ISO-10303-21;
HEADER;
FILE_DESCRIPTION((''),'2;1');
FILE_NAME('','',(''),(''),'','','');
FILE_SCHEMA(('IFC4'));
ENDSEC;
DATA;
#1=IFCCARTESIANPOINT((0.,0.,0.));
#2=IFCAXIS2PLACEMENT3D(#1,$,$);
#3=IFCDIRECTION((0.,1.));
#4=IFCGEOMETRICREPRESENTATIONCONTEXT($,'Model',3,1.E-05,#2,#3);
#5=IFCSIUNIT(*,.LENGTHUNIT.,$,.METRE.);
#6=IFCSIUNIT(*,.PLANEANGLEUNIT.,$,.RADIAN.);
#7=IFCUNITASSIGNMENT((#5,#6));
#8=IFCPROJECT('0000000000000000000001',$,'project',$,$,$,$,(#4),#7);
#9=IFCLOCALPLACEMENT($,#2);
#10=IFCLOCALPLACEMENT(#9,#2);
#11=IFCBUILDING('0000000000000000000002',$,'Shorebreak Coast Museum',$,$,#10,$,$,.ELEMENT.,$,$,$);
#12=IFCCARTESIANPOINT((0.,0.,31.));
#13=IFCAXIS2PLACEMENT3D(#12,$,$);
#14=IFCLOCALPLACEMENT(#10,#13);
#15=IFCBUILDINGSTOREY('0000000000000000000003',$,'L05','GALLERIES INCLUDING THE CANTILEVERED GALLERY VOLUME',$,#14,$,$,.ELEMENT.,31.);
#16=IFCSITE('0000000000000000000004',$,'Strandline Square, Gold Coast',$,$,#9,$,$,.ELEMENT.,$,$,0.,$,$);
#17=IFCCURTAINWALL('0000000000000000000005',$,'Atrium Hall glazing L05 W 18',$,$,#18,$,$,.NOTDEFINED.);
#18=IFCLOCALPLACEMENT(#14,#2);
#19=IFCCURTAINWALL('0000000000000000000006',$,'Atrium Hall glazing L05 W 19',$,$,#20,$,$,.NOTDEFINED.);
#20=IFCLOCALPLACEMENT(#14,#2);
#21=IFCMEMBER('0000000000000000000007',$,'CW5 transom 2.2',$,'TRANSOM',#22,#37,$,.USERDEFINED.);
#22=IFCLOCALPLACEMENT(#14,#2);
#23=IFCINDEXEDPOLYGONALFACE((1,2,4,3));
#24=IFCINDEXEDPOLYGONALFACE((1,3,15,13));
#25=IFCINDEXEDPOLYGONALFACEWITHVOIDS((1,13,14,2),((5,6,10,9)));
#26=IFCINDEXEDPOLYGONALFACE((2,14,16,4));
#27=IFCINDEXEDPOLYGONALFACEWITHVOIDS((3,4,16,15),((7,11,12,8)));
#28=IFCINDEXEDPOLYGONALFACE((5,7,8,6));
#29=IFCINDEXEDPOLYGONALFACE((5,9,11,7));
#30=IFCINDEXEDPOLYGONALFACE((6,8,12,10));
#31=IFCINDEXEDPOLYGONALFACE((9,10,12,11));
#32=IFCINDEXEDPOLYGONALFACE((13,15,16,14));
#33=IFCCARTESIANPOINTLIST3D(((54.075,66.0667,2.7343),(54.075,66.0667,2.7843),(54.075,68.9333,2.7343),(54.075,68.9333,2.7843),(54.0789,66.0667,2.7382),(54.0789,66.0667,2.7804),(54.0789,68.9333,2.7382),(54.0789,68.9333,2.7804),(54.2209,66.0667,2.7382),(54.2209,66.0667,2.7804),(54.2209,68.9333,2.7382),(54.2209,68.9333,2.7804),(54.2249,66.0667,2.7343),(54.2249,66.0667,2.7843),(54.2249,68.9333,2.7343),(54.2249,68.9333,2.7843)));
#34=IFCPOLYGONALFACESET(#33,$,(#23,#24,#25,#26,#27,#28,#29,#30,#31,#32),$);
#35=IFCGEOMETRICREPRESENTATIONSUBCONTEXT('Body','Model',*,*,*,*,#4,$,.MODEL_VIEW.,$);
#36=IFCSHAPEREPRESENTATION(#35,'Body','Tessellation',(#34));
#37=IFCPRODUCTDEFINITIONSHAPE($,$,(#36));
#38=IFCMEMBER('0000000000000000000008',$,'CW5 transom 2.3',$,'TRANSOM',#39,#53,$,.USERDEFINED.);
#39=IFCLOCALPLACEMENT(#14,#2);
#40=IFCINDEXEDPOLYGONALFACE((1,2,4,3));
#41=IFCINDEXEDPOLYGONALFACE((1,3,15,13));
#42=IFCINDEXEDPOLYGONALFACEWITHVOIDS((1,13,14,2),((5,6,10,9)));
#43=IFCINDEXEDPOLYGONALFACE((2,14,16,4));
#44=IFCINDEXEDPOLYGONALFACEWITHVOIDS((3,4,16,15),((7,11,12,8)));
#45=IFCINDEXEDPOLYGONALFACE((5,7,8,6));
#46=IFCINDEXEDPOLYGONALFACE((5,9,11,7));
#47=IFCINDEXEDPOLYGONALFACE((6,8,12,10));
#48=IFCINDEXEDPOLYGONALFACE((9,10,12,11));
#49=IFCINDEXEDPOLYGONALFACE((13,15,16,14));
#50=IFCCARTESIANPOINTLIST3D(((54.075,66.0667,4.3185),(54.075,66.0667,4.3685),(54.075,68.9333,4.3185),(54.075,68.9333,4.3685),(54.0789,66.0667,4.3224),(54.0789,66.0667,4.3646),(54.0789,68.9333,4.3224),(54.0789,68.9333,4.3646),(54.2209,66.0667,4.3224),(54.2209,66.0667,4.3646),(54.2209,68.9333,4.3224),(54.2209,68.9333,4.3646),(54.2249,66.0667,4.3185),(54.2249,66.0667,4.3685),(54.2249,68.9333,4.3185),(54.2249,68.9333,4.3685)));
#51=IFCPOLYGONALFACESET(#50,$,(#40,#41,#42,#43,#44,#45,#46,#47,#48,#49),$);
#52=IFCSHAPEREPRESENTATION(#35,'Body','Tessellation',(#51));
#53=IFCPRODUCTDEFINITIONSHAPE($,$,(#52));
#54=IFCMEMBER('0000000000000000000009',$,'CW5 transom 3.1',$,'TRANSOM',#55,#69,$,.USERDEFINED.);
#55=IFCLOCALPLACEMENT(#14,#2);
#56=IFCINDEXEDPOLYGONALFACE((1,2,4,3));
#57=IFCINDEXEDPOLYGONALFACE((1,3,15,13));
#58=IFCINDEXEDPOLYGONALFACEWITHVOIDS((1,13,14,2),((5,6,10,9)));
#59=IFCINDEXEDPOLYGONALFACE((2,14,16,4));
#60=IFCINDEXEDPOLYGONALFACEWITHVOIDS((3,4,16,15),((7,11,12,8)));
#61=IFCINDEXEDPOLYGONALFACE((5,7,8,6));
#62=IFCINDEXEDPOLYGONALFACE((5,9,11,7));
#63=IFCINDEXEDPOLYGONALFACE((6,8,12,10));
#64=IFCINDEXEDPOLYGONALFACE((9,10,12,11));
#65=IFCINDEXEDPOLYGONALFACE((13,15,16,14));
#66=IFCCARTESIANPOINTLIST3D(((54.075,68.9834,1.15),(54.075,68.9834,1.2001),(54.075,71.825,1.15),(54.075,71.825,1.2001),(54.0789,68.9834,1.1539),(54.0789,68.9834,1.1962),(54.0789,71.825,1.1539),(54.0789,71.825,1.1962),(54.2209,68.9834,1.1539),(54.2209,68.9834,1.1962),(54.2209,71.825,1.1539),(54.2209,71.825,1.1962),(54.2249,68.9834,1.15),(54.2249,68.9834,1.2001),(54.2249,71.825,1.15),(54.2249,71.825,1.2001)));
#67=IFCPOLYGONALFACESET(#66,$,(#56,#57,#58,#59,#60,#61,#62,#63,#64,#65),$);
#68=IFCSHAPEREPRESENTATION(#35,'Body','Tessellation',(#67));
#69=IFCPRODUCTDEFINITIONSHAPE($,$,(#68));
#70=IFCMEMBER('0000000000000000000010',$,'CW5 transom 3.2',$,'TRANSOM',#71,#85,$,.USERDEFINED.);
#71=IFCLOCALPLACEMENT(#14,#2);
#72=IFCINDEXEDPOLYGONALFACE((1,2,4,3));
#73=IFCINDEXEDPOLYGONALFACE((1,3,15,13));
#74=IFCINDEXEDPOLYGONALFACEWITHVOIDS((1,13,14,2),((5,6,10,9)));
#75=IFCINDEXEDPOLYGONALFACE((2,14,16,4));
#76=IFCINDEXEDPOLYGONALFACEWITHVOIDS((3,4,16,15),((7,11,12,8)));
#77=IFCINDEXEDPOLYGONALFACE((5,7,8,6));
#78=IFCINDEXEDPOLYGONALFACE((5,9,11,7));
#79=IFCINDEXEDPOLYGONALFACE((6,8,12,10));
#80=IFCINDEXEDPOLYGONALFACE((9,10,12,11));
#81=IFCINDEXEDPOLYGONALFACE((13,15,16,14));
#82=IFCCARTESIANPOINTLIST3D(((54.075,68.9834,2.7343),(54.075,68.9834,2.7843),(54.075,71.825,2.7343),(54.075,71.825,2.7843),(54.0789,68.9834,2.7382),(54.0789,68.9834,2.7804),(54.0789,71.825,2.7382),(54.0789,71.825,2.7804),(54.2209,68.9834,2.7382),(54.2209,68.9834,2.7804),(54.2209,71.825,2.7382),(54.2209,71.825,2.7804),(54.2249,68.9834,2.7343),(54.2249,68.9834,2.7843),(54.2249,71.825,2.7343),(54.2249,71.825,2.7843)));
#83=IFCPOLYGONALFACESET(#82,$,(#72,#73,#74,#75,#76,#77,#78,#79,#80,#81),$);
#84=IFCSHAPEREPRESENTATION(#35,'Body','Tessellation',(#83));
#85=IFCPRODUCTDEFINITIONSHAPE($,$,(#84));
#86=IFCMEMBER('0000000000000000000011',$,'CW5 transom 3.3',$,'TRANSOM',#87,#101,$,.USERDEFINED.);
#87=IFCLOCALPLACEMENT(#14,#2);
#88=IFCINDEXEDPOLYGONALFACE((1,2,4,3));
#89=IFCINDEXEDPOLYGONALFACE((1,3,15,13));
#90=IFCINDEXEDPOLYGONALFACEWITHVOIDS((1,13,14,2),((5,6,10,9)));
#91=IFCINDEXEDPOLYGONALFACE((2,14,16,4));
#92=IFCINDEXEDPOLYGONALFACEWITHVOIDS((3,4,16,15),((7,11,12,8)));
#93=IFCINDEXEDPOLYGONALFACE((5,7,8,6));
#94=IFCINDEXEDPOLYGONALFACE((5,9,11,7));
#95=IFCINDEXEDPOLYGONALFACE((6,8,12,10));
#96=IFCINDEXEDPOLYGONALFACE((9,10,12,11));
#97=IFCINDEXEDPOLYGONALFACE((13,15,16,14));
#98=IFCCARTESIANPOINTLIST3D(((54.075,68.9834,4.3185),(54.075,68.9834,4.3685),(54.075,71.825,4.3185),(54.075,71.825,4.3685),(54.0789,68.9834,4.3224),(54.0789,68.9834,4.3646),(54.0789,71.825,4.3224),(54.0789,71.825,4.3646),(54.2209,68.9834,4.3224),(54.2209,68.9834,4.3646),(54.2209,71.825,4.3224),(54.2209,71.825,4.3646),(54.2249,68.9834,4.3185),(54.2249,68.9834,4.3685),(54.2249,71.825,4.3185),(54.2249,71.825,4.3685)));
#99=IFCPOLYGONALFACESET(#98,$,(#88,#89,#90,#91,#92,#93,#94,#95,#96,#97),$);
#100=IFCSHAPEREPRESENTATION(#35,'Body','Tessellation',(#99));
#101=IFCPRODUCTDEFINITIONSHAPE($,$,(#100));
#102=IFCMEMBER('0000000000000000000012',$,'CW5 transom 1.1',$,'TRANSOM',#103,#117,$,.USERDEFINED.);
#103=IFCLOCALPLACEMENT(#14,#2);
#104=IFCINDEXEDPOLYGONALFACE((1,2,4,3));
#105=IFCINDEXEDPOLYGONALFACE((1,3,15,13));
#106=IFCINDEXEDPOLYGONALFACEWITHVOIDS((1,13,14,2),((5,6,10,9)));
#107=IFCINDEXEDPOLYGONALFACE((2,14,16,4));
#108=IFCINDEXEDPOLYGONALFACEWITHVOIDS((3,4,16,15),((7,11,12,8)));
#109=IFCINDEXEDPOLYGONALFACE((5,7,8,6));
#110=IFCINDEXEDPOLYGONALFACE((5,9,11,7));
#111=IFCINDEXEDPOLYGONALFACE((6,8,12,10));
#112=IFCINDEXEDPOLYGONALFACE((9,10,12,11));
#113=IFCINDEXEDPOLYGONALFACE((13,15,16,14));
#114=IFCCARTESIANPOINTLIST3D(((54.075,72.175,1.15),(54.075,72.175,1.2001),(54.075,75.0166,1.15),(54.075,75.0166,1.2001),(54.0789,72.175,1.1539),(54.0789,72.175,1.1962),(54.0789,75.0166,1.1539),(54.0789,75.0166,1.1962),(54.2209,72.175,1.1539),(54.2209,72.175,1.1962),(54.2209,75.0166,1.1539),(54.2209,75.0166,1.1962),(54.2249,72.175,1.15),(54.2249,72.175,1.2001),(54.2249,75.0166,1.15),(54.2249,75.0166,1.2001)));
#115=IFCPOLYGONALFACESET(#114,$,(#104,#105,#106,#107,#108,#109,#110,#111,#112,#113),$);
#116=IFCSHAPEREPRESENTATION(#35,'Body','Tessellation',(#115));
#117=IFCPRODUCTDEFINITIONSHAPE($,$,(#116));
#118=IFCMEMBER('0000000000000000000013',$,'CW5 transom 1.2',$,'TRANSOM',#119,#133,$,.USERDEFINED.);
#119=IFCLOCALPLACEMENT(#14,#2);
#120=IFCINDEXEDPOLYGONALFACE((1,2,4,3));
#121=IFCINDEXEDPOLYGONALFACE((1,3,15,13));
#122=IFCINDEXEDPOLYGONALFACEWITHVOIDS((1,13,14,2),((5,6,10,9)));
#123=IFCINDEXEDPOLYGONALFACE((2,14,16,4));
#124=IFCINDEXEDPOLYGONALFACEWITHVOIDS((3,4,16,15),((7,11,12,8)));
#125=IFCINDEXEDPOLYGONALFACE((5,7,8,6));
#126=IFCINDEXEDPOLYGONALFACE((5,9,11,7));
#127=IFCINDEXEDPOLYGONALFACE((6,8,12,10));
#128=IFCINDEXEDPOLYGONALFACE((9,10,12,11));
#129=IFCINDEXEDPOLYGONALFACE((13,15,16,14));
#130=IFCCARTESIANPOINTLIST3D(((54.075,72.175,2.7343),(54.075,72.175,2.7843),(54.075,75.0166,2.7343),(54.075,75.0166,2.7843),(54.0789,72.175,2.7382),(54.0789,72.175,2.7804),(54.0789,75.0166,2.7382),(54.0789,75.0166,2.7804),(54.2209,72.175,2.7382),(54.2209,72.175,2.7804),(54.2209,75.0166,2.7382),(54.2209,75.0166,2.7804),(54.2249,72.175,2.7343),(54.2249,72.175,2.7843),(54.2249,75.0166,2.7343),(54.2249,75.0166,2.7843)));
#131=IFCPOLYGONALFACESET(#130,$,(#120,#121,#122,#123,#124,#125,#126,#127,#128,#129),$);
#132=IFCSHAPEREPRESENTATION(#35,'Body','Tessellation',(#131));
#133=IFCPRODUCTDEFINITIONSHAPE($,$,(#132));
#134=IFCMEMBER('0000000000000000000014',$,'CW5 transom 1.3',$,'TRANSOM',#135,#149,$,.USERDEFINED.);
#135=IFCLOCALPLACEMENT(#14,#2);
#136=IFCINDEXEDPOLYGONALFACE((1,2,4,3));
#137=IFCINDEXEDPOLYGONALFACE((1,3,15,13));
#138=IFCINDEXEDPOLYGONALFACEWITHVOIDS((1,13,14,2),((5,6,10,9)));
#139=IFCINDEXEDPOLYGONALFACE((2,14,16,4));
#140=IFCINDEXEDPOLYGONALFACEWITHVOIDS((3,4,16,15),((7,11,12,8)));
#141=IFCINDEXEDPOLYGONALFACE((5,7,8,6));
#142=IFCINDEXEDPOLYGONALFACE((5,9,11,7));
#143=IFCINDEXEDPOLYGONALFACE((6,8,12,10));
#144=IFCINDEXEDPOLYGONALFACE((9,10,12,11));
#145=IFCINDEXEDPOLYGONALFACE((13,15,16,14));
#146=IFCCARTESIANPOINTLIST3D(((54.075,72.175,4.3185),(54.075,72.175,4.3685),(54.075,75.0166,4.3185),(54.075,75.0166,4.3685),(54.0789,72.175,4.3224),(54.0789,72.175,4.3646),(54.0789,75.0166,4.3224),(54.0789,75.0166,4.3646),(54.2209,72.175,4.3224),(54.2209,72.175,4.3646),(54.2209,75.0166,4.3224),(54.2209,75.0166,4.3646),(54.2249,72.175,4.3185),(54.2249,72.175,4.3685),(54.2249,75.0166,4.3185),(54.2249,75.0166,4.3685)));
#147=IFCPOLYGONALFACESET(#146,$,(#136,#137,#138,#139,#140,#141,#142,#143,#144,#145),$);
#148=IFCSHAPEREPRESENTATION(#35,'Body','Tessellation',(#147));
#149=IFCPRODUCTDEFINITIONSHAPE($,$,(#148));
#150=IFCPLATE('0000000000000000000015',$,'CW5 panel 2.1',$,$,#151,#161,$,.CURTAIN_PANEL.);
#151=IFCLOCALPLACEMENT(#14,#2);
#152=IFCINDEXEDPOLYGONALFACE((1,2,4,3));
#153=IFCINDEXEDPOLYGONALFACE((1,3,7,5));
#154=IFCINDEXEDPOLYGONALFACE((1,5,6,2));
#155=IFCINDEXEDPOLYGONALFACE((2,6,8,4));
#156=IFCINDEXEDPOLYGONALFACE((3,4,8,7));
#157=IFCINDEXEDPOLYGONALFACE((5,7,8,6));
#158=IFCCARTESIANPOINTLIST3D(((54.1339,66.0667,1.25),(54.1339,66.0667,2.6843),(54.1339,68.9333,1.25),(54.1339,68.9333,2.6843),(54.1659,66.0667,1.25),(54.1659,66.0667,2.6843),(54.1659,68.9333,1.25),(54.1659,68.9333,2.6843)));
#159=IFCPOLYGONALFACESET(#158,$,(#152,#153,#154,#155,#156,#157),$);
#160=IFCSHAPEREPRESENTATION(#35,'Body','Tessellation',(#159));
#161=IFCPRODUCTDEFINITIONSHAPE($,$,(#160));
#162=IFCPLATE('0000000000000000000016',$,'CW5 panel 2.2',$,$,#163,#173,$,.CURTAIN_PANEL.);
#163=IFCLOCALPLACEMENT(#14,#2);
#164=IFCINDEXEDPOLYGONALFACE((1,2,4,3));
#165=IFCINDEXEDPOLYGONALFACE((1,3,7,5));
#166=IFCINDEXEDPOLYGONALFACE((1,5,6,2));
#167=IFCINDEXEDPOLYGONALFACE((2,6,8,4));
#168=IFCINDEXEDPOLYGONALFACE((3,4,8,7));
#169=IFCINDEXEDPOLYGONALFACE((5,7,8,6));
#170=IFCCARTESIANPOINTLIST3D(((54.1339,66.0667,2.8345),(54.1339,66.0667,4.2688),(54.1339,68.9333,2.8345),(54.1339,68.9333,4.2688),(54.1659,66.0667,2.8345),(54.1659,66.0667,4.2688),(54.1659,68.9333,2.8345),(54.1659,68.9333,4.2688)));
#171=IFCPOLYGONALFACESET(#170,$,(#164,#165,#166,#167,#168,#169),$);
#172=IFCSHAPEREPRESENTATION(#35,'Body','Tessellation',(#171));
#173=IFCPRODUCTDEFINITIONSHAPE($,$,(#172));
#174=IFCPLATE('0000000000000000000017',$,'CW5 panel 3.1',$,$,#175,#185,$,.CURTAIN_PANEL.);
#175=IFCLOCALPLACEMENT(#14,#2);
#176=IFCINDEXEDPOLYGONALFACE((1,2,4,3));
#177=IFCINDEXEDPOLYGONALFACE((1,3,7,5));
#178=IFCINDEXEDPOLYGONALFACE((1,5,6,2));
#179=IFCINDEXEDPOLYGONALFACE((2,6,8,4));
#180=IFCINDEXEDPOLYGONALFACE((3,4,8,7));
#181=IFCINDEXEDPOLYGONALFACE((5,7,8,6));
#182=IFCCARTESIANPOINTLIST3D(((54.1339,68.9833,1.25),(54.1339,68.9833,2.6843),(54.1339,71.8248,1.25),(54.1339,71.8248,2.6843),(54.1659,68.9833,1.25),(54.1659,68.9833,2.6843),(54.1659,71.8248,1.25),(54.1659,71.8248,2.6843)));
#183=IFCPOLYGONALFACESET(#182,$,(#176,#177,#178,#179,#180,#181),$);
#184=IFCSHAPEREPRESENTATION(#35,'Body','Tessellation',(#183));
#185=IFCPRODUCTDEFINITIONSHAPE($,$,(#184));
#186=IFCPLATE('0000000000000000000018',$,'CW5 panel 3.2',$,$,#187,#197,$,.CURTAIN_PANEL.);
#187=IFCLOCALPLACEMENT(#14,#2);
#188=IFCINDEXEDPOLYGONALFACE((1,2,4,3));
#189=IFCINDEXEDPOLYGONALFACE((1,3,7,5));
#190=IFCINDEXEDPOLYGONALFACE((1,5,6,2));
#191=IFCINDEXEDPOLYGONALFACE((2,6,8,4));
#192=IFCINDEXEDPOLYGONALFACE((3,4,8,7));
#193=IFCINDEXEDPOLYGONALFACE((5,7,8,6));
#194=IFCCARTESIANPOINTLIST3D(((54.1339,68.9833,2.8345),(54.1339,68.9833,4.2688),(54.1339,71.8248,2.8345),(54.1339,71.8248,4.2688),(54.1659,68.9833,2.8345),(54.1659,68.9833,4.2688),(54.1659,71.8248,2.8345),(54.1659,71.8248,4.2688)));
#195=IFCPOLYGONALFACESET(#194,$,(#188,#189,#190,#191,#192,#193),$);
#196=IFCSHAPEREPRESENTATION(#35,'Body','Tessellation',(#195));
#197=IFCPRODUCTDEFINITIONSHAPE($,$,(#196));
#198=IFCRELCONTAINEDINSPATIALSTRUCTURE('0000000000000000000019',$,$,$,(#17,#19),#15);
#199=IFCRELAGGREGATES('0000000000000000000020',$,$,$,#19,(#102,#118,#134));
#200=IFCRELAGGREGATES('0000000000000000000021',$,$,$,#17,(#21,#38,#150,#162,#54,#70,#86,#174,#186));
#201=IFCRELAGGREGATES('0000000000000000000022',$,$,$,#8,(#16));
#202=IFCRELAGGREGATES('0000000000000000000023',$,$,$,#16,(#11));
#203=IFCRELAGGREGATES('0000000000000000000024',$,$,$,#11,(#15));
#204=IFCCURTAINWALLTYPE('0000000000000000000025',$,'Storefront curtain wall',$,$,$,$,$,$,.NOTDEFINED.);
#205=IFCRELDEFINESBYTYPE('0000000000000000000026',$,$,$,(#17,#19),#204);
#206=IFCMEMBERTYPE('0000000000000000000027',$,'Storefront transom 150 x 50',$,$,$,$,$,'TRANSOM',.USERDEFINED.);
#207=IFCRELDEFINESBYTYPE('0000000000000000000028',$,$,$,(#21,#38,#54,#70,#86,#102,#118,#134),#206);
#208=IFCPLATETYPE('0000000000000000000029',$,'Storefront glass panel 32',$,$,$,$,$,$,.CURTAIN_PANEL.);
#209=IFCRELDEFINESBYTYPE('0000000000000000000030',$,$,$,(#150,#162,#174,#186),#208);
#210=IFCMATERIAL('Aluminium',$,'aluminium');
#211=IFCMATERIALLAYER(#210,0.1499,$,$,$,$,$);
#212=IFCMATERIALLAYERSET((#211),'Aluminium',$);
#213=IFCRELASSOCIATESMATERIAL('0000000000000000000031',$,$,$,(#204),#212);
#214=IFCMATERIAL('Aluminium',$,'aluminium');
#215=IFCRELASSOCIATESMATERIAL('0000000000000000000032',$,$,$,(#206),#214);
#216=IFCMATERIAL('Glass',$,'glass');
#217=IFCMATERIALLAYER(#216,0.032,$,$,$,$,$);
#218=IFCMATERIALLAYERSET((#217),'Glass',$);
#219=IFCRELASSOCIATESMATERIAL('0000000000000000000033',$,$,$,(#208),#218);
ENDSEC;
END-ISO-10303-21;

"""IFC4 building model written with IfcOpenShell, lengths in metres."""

from ifc_helpers import new_model, si_unit, direction, frame, origin, origin_2d, place, context, subcontext, project, spatial, rectangle, hollow_rectangle, extrude, material, layer, layer_set, material_profile, profile_set, type_object, element, aggregate, save


model = new_model("IFC4")

# Units and contexts
model_context = context("Model", 3, precision=1e-05, world=origin(), true_north=direction((0.0, 1.0)))
body_context = subcontext(model_context, "Body", "Model", "MODEL_VIEW")
ifc_project = project(units=[si_unit("LENGTHUNIT", "METRE"), si_unit("PLANEANGLEUNIT", "RADIAN")], contexts=[model_context])

# Site, building, storey
site_placement = place(None, origin())
site = spatial("IfcSite", under=ifc_project, at=site_placement, Name="Strandline Square, Gold Coast", CompositionType="ELEMENT", RefElevation=0.0)
building_placement = place(site_placement, origin())
building = spatial("IfcBuilding", under=site, at=building_placement, Name="Shorebreak Coast Museum", CompositionType="ELEMENT")
storey_placement = place(building_placement, frame((0.0, 0.0, 31.0)))
storey = spatial("IfcBuildingStorey", under=building, at=storey_placement, Name="L05", Description="GALLERIES INCLUDING THE CANTILEVERED GALLERY VOLUME", CompositionType="ELEMENT", Elevation=31.0)

# Curtain wall
ifc_material_1 = material(Name="Aluminium", Category="aluminium")
ifc_layer_1 = layer(ifc_material_1, 0.1499)
ifc_layer_set_1 = layer_set([ifc_layer_1], Name="Aluminium")
curtain_wall_type = type_object("IfcCurtainWallType", Name="Storefront curtain wall", PredefinedType="NOTDEFINED", material=ifc_layer_set_1)
curtain_wall_1_placement = place(storey_placement, origin())
curtain_wall_1 = element("IfcCurtainWall", 1, at=curtain_wall_1_placement, inside=storey, type_object=curtain_wall_type, Name="Atrium Hall glazing L05 W 18", PredefinedType="NOTDEFINED")

# Curtain wall
curtain_wall_2_placement = place(storey_placement, origin())
curtain_wall_2 = element("IfcCurtainWall", 2, at=curtain_wall_2_placement, inside=storey, type_object=curtain_wall_type, Name="Atrium Hall glazing L05 W 19", PredefinedType="NOTDEFINED")

# Members
ifc_material_2 = material(Name="Aluminium", Category="aluminium")
ifc_material_profile_1 = material_profile(ifc_material_2, hollow_rectangle(XDim=0.1499, YDim=0.05, WallThickness=0.0039, at=origin_2d()), Name="AL 50x150 RHS")
ifc_profile_set_1 = profile_set([ifc_material_profile_1], Name="Aluminium")
member_type_1 = type_object("IfcMemberType", Name="Storefront transom 150 x 50", ElementType="TRANSOM", PredefinedType="USERDEFINED", material=ifc_profile_set_1)
member_1_placement = place(storey_placement, frame((54.1499, 66.0667, 2.7593), z_axis=(0.0, 1.0, 0.0), x_axis=(-1.0, 0.0, 0.0)))
member_1 = element("IfcMember", 3, at=member_1_placement, type_object=member_type_1, Name="CW5 transom 2.2", ObjectType="TRANSOM", PredefinedType="USERDEFINED", context=body_context, shape_type="SweptSolid", body=[
    extrude(hollow_rectangle(XDim=0.1499, YDim=0.05, WallThickness=0.0039, at=origin_2d()), origin(), (0.0, 0.0, 1.0), 2.8667),
])
member_2_placement = place(storey_placement, frame((54.1499, 66.0667, 4.3435), z_axis=(0.0, 1.0, 0.0), x_axis=(-1.0, 0.0, 0.0)))
member_2 = element("IfcMember", 4, at=member_2_placement, type_object=member_type_1, Name="CW5 transom 2.3", ObjectType="TRANSOM", PredefinedType="USERDEFINED", context=body_context, shape_type="SweptSolid", body=[
    extrude(hollow_rectangle(XDim=0.1499, YDim=0.05, WallThickness=0.0039, at=origin_2d()), origin(), (0.0, 0.0, 1.0), 2.8667),
])
member_3_placement = place(storey_placement, frame((54.1499, 68.9834, 1.175), z_axis=(0.0, 1.0, 0.0), x_axis=(-1.0, 0.0, 0.0)))
member_3 = element("IfcMember", 5, at=member_3_placement, type_object=member_type_1, Name="CW5 transom 3.1", ObjectType="TRANSOM", PredefinedType="USERDEFINED", context=body_context, shape_type="SweptSolid", body=[
    extrude(hollow_rectangle(XDim=0.1499, YDim=0.05, WallThickness=0.0039, at=origin_2d()), origin(), (0.0, 0.0, 1.0), 2.8416),
])
member_4_placement = place(storey_placement, frame((54.1499, 68.9834, 2.7593), z_axis=(0.0, 1.0, 0.0), x_axis=(-1.0, 0.0, 0.0)))
member_4 = element("IfcMember", 6, at=member_4_placement, type_object=member_type_1, Name="CW5 transom 3.2", ObjectType="TRANSOM", PredefinedType="USERDEFINED", context=body_context, shape_type="SweptSolid", body=[
    extrude(hollow_rectangle(XDim=0.1499, YDim=0.05, WallThickness=0.0039, at=origin_2d()), origin(), (0.0, 0.0, 1.0), 2.8416),
])
member_5_placement = place(storey_placement, frame((54.1499, 68.9834, 4.3435), z_axis=(0.0, 1.0, 0.0), x_axis=(-1.0, 0.0, 0.0)))
member_5 = element("IfcMember", 7, at=member_5_placement, type_object=member_type_1, Name="CW5 transom 3.3", ObjectType="TRANSOM", PredefinedType="USERDEFINED", context=body_context, shape_type="SweptSolid", body=[
    extrude(hollow_rectangle(XDim=0.1499, YDim=0.05, WallThickness=0.0039, at=origin_2d()), origin(), (0.0, 0.0, 1.0), 2.8416),
])
member_6_placement = place(storey_placement, frame((54.1499, 72.175, 1.175), z_axis=(0.0, 1.0, 0.0), x_axis=(-1.0, 0.0, 0.0)))
member_6 = element("IfcMember", 8, at=member_6_placement, type_object=member_type_1, Name="CW5 transom 1.1", ObjectType="TRANSOM", PredefinedType="USERDEFINED", context=body_context, shape_type="SweptSolid", body=[
    extrude(hollow_rectangle(XDim=0.1499, YDim=0.05, WallThickness=0.0039, at=origin_2d()), origin(), (0.0, 0.0, 1.0), 2.8416),
])
member_7_placement = place(storey_placement, frame((54.1499, 72.175, 2.7593), z_axis=(0.0, 1.0, 0.0), x_axis=(-1.0, 0.0, 0.0)))
member_7 = element("IfcMember", 9, at=member_7_placement, type_object=member_type_1, Name="CW5 transom 1.2", ObjectType="TRANSOM", PredefinedType="USERDEFINED", context=body_context, shape_type="SweptSolid", body=[
    extrude(hollow_rectangle(XDim=0.1499, YDim=0.05, WallThickness=0.0039, at=origin_2d()), origin(), (0.0, 0.0, 1.0), 2.8416),
])
member_8_placement = place(storey_placement, frame((54.1499, 72.175, 4.3435), z_axis=(0.0, 1.0, 0.0), x_axis=(-1.0, 0.0, 0.0)))
member_8 = element("IfcMember", 10, at=member_8_placement, type_object=member_type_1, Name="CW5 transom 1.3", ObjectType="TRANSOM", PredefinedType="USERDEFINED", context=body_context, shape_type="SweptSolid", body=[
    extrude(hollow_rectangle(XDim=0.1499, YDim=0.05, WallThickness=0.0039, at=origin_2d()), origin(), (0.0, 0.0, 1.0), 2.8416),
])
aggregate(curtain_wall_2, [member_6, member_7, member_8])

# Plates
ifc_material_3 = material(Name="Glass", Category="glass")
ifc_layer_2 = layer(ifc_material_3, 0.032)
ifc_layer_set_2 = layer_set([ifc_layer_2], Name="Glass")
plate_type = type_object("IfcPlateType", Name="Storefront glass panel 32", PredefinedType="CURTAIN_PANEL", material=ifc_layer_set_2)
plate_1_placement = place(storey_placement, frame((54.1499, 67.5, 1.25), z_axis=(0.0, 0.0, 1.0), x_axis=(0.0, 1.0, 0.0)))
plate_1 = element("IfcPlate", 11, at=plate_1_placement, type_object=plate_type, Name="CW5 panel 2.1", PredefinedType="CURTAIN_PANEL", context=body_context, shape_type="SweptSolid", body=[
    extrude(rectangle(XDim=2.8667, YDim=0.032, at=origin_2d()), origin(), (0.0, 0.0, 1.0), 1.4343),
])
plate_2_placement = place(storey_placement, frame((54.1499, 67.5, 2.8345), z_axis=(0.0, 0.0, 1.0), x_axis=(0.0, 1.0, 0.0)))
plate_2 = element("IfcPlate", 12, at=plate_2_placement, type_object=plate_type, Name="CW5 panel 2.2", PredefinedType="CURTAIN_PANEL", context=body_context, shape_type="SweptSolid", body=[
    extrude(rectangle(XDim=2.8667, YDim=0.032, at=origin_2d()), origin(), (0.0, 0.0, 1.0), 1.4343),
])
plate_3_placement = place(storey_placement, frame((54.1499, 70.4041, 1.25), z_axis=(0.0, 0.0, 1.0), x_axis=(0.0, 1.0, 0.0)))
plate_3 = element("IfcPlate", 13, at=plate_3_placement, type_object=plate_type, Name="CW5 panel 3.1", PredefinedType="CURTAIN_PANEL", context=body_context, shape_type="SweptSolid", body=[
    extrude(rectangle(XDim=2.8416, YDim=0.032, at=origin_2d()), origin(), (0.0, 0.0, 1.0), 1.4343),
])
plate_4_placement = place(storey_placement, frame((54.1499, 70.4041, 2.8345), z_axis=(0.0, 0.0, 1.0), x_axis=(0.0, 1.0, 0.0)))
plate_4 = element("IfcPlate", 14, at=plate_4_placement, type_object=plate_type, Name="CW5 panel 3.2", PredefinedType="CURTAIN_PANEL", context=body_context, shape_type="SweptSolid", body=[
    extrude(rectangle(XDim=2.8416, YDim=0.032, at=origin_2d()), origin(), (0.0, 0.0, 1.0), 1.4343),
])
aggregate(curtain_wall_1, [member_1, member_2, plate_1, plate_2, member_3, member_4, member_5, plate_3, plate_4])

save(model, "model.ifc")
